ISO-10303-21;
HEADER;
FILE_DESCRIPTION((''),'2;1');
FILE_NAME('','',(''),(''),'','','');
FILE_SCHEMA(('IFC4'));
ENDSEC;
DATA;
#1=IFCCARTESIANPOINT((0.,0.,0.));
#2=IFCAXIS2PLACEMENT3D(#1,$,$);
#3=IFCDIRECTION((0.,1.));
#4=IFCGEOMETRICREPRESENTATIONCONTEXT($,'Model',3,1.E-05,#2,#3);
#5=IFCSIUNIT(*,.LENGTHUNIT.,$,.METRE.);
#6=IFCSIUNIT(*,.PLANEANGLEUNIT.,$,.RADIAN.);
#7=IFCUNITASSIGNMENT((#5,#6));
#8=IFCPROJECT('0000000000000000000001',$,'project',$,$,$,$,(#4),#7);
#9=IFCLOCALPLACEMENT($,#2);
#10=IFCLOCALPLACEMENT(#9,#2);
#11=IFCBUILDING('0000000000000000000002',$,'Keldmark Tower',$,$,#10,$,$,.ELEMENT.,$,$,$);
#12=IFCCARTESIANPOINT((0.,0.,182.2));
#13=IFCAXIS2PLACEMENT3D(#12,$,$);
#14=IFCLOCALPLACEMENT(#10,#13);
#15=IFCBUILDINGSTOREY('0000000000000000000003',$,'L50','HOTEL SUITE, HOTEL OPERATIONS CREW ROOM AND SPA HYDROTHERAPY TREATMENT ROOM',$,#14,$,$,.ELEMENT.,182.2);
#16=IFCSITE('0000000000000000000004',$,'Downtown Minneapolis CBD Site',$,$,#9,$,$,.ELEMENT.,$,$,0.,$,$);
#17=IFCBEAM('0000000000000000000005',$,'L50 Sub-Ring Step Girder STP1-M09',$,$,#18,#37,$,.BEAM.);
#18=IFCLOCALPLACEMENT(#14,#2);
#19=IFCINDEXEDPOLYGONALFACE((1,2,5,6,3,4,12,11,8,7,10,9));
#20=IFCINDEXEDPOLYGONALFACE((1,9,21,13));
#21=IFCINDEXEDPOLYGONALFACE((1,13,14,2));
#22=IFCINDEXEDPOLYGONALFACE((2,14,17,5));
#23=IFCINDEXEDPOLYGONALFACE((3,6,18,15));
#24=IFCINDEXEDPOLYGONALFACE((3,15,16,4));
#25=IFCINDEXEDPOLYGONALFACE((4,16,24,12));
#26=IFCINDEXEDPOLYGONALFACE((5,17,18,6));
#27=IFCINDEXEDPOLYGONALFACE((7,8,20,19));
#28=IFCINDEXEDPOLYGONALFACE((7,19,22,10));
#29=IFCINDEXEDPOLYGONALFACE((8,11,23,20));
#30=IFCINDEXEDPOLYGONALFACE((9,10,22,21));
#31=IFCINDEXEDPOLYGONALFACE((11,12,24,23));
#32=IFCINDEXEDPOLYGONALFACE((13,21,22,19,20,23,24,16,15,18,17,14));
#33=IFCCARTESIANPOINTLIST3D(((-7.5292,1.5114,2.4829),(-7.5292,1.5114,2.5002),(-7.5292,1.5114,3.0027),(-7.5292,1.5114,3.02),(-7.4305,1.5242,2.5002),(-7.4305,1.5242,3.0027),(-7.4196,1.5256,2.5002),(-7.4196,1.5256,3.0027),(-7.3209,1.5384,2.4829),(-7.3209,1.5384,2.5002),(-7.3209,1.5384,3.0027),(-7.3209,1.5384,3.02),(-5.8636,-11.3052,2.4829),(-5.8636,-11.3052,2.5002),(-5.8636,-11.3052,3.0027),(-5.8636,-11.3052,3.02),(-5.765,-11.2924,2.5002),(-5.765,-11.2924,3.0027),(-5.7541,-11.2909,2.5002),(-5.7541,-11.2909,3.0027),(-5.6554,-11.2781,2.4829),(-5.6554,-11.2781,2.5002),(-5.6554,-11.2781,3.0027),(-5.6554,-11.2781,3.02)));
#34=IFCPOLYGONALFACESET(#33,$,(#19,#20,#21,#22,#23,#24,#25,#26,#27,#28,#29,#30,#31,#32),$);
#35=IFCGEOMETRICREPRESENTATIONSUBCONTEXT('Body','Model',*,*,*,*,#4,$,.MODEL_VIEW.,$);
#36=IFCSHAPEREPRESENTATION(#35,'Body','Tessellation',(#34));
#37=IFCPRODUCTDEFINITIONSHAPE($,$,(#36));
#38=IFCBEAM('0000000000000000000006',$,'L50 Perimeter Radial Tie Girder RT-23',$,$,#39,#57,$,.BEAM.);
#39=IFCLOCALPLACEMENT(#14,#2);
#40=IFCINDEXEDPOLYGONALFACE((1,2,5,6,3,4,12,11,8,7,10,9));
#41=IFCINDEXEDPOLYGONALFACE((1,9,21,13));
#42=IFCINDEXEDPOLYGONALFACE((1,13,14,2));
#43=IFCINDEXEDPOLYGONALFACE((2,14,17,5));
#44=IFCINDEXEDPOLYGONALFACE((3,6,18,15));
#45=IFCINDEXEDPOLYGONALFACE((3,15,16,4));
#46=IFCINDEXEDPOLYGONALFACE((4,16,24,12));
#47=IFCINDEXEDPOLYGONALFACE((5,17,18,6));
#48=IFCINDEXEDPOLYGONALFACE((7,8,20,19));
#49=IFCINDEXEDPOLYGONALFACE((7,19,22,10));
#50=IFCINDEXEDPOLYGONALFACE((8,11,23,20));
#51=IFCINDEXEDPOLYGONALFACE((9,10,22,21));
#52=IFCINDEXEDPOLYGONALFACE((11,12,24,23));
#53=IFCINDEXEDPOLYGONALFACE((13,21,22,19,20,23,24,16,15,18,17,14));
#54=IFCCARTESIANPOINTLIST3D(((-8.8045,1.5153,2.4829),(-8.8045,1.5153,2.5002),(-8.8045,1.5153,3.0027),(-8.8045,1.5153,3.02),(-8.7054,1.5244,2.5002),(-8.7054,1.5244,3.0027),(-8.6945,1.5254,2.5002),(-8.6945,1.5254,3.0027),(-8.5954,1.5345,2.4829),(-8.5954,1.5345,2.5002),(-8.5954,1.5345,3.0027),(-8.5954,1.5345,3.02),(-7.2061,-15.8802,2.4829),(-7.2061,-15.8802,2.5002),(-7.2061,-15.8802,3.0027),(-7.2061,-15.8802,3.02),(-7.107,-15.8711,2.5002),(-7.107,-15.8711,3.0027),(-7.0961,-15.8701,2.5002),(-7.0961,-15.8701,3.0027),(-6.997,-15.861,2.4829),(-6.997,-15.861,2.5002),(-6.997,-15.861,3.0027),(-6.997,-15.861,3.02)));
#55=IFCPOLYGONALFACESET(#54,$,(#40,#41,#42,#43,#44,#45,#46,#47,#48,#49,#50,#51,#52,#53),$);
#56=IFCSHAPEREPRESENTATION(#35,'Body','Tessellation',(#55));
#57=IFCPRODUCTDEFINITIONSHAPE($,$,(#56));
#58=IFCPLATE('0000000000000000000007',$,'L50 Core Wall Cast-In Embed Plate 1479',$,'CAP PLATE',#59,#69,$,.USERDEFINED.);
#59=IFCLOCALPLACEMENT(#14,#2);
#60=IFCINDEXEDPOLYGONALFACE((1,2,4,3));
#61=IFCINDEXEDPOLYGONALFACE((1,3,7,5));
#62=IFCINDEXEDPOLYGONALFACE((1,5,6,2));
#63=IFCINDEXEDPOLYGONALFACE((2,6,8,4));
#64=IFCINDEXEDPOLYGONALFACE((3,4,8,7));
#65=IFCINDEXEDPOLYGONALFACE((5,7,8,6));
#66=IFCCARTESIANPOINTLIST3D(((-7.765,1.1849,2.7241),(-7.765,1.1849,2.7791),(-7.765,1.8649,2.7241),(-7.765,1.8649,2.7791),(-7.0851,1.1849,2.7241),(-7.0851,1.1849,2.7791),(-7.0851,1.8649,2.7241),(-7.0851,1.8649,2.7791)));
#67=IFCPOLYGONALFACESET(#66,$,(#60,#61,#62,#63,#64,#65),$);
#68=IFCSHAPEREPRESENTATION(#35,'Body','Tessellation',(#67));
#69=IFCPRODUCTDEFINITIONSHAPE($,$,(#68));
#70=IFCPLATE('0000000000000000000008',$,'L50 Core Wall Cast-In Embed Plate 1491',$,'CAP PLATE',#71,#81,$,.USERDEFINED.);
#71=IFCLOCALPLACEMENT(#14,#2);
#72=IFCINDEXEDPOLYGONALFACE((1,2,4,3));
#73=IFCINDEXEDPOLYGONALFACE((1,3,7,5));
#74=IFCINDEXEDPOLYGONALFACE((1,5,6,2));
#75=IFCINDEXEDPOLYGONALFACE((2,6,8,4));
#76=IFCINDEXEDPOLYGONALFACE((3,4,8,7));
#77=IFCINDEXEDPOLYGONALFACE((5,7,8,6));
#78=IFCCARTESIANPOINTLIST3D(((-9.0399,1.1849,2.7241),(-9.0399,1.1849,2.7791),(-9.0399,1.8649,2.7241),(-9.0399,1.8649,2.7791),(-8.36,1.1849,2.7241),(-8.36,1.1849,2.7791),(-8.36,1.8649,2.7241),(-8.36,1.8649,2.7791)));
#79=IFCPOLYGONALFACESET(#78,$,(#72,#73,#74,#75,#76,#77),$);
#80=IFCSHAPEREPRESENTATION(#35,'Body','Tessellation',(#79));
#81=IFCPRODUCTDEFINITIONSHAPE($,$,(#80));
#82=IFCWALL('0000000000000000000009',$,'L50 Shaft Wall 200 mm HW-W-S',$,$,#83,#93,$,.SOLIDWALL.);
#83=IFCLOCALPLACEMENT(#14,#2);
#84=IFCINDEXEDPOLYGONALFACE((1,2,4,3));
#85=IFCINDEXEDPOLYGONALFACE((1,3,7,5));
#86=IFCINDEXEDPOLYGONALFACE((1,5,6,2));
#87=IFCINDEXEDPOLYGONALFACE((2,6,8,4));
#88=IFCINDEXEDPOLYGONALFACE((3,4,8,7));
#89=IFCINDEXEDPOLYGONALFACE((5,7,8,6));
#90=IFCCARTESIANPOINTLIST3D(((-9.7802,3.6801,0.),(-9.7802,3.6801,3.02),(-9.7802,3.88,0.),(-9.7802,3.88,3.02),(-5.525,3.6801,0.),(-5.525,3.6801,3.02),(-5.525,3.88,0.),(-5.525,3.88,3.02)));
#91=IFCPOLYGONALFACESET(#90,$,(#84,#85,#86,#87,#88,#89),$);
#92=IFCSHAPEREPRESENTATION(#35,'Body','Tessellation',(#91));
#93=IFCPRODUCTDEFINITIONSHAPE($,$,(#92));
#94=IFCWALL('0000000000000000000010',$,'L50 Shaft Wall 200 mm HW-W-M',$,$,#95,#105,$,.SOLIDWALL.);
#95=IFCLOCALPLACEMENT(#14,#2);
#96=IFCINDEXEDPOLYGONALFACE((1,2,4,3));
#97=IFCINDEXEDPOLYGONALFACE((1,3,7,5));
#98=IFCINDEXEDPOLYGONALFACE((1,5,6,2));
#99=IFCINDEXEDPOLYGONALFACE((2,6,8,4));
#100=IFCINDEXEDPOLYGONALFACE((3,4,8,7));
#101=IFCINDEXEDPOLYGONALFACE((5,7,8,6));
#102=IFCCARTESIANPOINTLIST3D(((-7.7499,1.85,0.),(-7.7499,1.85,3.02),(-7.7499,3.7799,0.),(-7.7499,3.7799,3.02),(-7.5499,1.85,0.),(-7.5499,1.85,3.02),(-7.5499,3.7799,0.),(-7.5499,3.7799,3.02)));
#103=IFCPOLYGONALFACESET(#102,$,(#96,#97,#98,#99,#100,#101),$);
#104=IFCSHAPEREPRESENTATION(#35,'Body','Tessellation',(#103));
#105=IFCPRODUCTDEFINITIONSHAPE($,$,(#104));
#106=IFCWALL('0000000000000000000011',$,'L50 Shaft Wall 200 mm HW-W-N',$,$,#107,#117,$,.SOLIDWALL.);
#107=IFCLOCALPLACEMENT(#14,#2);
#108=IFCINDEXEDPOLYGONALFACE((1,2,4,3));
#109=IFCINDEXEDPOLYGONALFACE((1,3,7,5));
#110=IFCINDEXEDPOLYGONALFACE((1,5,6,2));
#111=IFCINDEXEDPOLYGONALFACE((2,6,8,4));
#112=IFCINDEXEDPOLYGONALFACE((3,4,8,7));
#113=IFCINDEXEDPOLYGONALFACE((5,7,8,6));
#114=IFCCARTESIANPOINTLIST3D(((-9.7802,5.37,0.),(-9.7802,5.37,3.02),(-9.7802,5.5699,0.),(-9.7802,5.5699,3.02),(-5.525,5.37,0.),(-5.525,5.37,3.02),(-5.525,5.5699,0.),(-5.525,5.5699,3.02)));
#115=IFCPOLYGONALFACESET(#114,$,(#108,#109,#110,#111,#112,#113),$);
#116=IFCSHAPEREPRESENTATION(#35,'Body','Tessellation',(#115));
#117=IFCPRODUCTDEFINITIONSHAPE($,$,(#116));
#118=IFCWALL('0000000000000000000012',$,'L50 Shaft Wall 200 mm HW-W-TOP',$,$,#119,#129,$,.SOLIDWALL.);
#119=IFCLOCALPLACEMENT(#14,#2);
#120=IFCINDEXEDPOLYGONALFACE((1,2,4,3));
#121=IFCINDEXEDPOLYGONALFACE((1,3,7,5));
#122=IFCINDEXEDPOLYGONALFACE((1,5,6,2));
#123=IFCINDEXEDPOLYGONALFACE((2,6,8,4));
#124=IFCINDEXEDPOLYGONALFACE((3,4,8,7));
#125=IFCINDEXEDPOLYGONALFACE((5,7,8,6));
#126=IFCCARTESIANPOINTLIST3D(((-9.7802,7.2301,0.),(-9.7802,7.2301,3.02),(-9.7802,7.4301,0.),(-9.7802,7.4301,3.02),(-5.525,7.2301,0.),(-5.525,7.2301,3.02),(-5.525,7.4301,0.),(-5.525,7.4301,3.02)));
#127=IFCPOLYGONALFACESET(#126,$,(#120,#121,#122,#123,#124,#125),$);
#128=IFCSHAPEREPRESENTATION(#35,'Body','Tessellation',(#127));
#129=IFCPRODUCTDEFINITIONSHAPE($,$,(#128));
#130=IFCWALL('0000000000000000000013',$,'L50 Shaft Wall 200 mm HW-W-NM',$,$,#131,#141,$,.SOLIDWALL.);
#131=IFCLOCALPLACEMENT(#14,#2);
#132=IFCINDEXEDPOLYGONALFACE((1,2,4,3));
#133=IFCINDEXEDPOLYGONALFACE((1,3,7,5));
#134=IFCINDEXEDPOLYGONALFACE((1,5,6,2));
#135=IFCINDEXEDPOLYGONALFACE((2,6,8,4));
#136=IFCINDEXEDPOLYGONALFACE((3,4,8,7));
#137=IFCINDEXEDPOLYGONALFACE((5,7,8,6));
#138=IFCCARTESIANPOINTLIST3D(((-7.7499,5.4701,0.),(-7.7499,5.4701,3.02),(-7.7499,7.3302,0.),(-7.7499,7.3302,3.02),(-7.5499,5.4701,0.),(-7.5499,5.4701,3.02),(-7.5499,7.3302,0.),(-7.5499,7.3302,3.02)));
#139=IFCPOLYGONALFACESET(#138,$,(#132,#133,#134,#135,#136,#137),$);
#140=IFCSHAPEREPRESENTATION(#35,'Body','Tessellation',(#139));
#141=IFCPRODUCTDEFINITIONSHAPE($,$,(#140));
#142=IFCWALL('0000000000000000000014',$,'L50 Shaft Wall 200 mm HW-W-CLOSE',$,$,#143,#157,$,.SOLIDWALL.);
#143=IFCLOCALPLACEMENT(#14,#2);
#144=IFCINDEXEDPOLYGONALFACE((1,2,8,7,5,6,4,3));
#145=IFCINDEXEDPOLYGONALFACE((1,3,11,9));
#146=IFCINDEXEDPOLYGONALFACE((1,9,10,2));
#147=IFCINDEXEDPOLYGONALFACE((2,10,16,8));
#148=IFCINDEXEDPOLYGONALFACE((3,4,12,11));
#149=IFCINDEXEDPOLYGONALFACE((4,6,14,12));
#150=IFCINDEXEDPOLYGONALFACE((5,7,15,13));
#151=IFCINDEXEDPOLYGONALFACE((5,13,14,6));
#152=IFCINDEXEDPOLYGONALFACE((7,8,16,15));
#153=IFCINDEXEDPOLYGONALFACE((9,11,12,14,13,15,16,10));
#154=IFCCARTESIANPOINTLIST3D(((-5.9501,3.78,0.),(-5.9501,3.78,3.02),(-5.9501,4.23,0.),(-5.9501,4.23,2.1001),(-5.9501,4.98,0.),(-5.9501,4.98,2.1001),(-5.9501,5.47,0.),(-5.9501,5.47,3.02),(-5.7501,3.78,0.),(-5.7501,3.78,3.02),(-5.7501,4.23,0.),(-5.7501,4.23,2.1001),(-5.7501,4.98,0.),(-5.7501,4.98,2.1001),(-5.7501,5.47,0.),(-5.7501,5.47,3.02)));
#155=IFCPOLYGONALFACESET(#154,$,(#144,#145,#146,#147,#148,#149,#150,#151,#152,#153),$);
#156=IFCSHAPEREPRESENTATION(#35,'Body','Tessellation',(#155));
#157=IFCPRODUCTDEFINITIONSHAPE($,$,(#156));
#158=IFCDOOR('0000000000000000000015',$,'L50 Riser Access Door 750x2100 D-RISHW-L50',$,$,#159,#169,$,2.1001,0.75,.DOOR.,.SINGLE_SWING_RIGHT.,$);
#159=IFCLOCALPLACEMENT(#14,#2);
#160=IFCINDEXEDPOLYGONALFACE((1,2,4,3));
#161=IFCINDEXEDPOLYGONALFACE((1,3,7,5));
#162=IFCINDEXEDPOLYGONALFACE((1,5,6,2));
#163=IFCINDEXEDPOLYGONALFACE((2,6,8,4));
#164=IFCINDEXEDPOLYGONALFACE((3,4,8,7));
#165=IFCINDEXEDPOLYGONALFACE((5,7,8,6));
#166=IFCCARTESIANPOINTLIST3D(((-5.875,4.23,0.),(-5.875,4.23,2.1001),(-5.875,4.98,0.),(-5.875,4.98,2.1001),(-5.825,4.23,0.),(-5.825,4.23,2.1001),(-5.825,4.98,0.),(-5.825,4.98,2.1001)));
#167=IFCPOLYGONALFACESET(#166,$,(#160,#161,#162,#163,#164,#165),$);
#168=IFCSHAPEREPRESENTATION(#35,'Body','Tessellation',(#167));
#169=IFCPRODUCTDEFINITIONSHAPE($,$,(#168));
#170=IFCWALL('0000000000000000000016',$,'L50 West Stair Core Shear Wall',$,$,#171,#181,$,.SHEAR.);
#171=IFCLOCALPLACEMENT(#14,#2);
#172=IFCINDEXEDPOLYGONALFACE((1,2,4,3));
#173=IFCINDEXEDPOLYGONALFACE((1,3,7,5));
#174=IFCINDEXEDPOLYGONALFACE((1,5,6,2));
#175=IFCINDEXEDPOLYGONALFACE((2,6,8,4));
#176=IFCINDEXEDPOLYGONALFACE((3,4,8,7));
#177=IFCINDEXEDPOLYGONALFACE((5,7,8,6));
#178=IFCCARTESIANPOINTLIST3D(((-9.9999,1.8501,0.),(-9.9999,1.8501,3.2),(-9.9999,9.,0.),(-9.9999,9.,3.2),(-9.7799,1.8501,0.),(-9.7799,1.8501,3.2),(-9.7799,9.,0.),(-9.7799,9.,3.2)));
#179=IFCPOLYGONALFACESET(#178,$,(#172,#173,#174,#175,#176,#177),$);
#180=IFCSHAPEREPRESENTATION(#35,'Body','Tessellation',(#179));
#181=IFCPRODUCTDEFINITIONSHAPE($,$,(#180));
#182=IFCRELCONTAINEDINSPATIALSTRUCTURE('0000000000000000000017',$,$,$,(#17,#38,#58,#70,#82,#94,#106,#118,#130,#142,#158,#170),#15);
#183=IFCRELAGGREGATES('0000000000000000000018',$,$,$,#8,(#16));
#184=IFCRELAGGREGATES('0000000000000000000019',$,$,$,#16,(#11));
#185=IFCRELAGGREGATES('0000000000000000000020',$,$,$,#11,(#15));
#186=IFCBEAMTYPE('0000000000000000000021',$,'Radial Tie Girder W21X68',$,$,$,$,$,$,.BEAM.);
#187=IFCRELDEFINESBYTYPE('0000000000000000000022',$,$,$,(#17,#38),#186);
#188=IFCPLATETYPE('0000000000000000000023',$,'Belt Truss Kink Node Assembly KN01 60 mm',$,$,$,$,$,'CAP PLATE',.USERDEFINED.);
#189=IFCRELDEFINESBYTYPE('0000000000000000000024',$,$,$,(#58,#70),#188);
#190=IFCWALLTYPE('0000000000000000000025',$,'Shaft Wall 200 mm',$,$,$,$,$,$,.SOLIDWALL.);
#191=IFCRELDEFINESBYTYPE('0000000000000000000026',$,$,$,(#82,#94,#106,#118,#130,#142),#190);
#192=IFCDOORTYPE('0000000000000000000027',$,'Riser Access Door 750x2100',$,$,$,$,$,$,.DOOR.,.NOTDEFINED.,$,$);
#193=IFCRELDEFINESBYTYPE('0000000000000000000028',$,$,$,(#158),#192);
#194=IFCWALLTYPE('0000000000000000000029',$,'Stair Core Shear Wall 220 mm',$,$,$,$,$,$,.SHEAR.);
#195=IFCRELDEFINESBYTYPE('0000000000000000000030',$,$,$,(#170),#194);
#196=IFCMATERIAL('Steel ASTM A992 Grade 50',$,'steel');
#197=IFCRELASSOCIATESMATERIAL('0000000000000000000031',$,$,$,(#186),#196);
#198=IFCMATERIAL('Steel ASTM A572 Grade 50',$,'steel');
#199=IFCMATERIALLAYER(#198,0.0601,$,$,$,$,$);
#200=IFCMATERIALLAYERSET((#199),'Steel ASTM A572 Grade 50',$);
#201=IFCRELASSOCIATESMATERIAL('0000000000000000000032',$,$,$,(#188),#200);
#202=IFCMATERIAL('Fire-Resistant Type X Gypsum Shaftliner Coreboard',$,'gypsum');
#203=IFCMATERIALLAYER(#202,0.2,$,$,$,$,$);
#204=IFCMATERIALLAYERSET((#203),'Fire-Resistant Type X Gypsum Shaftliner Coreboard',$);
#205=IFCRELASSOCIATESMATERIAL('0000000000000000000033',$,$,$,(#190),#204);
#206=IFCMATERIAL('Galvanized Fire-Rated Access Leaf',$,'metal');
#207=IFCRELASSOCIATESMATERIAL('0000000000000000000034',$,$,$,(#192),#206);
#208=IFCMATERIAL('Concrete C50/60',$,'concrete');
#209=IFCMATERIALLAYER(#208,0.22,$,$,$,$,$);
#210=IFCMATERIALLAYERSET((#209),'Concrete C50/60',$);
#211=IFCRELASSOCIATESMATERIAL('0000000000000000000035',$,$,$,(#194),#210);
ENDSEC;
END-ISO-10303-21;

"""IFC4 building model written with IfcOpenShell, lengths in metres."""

from ifc_helpers import new_model, si_unit, direction, frame, frame_2d, origin, origin_2d, place, context, subcontext, project, spatial, rectangle, i_section, extrude, material, layer, layer_set, material_profile, profile_set, type_object, element, fill, save


model = new_model("IFC4")

# Units and contexts
model_context = context("Model", 3, precision=1e-05, world=origin(), true_north=direction((0.0, 1.0)))
body_context = subcontext(model_context, "Body", "Model", "MODEL_VIEW")
ifc_project = project(units=[si_unit("LENGTHUNIT", "METRE"), si_unit("PLANEANGLEUNIT", "RADIAN")], contexts=[model_context])

# Site, building, storey
site_placement = place(None, origin())
site = spatial("IfcSite", under=ifc_project, at=site_placement, Name="Downtown Minneapolis CBD Site", CompositionType="ELEMENT", RefElevation=0.0)
building_placement = place(site_placement, origin())
building = spatial("IfcBuilding", under=site, at=building_placement, Name="Keldmark Tower", CompositionType="ELEMENT")
storey_placement = place(building_placement, frame((0.0, 0.0, 182.2)))
storey = spatial("IfcBuildingStorey", under=building, at=storey_placement, Name="L50", Description="HOTEL SUITE, HOTEL OPERATIONS CREW ROOM AND SPA HYDROTHERAPY TREATMENT ROOM", CompositionType="ELEMENT", Elevation=182.2)

# Beams
ifc_material_1 = material(Name="Steel ASTM A992 Grade 50", Category="steel")
ifc_material_profile = material_profile(ifc_material_1, i_section(OverallWidth=0.21, OverallDepth=0.5371, WebThickness=0.011, FlangeThickness=0.0173, at=origin_2d()), Name="W21X68")
ifc_profile_set = profile_set([ifc_material_profile], Name="Steel ASTM A992 Grade 50")
beam_type = type_object("IfcBeamType", Name="Radial Tie Girder W21X68", PredefinedType="BEAM", material=ifc_profile_set)
beam_1_placement = place(storey_placement, frame((-7.425, 1.5249, 2.7515), z_axis=(0.128867, -0.991662, 0.0), x_axis=(0.991662, 0.128867, 0.0)))
element("IfcBeam", 1, at=beam_1_placement, inside=storey, type_object=beam_type, Name="L50 Sub-Ring Step Girder STP1-M09", PredefinedType="BEAM", context=body_context, shape_type="SweptSolid", body=[
    extrude(i_section(OverallWidth=0.21, OverallDepth=0.5371, WebThickness=0.011, FlangeThickness=0.0173, at=origin_2d()), origin(), (0.0, 0.0, 1.0), 12.9243),
])
beam_2_placement = place(storey_placement, frame((-8.7, 1.5249, 2.7515), z_axis=(0.0915, -0.995805, 0.0), x_axis=(0.995805, 0.0915, 0.0)))
element("IfcBeam", 2, at=beam_2_placement, inside=storey, type_object=beam_type, Name="L50 Perimeter Radial Tie Girder RT-23", PredefinedType="BEAM", context=body_context, shape_type="SweptSolid", body=[
    extrude(i_section(OverallWidth=0.21, OverallDepth=0.5371, WebThickness=0.011, FlangeThickness=0.0173, at=origin_2d()), origin(), (0.0, 0.0, 1.0), 17.4688),
])

# Plates
ifc_material_2 = material(Name="Steel ASTM A572 Grade 50", Category="steel")
ifc_layer_1 = layer(ifc_material_2, 0.0601)
ifc_layer_set_1 = layer_set([ifc_layer_1], Name="Steel ASTM A572 Grade 50")
plate_type = type_object("IfcPlateType", Name="Belt Truss Kink Node Assembly KN01 60 mm", ElementType="CAP PLATE", PredefinedType="USERDEFINED", material=ifc_layer_set_1)
for number, where, z_axis, x_axis, name in (
    (3, (-7.425, 1.5249, 2.7241), (0.0, 0.0, 1.0), (1.0, 0.0, 0.0), "L50 Core Wall Cast-In Embed Plate 1479"),
    (4, (-8.7, 1.5249, 2.7241), (0.0, 0.0, 1.0), (1.0, 0.0, 0.0), "L50 Core Wall Cast-In Embed Plate 1491"),
):
    element("IfcPlate", number, at=place(storey_placement, frame(where, z_axis=z_axis, x_axis=x_axis)), inside=storey, type_object=plate_type, Name=name, ObjectType="CAP PLATE", PredefinedType="USERDEFINED", context=body_context, shape_type="SweptSolid", body=[
        extrude(rectangle(XDim=0.6799, YDim=0.6799, at=origin_2d()), origin(), (0.0, 0.0, 1.0), 0.0549),
    ])

# Walls
ifc_material_3 = material(Name="Fire-Resistant Type X Gypsum Shaftliner Coreboard", Category="gypsum")
ifc_layer_2 = layer(ifc_material_3, 0.2)
ifc_layer_set_2 = layer_set([ifc_layer_2], Name="Fire-Resistant Type X Gypsum Shaftliner Coreboard")
wall_type_1 = type_object("IfcWallType", Name="Shaft Wall 200 mm", PredefinedType="SOLIDWALL", material=ifc_layer_set_2)
wall_1_placement = place(storey_placement, frame((-9.78, 3.78, 0.0), z_axis=(0.0, 0.0, 1.0), x_axis=(1.0, 0.0, 0.0)))
element("IfcWall", 5, at=wall_1_placement, inside=storey, type_object=wall_type_1, Name="L50 Shaft Wall 200 mm HW-W-S", PredefinedType="SOLIDWALL", context=body_context, shape_type="SweptSolid", body=[
    extrude(rectangle(XDim=4.2551, YDim=0.2, at=frame_2d((2.1274, 0.0))), origin(), (0.0, 0.0, 1.0), 3.02),
])
wall_2_placement = place(storey_placement, frame((-7.6499, 1.8501, 0.0), z_axis=(0.0, 0.0, 1.0), x_axis=(0.0, 1.0, 0.0)))
element("IfcWall", 6, at=wall_2_placement, inside=storey, type_object=wall_type_1, Name="L50 Shaft Wall 200 mm HW-W-M", PredefinedType="SOLIDWALL", context=body_context, shape_type="SweptSolid", body=[
    extrude(rectangle(XDim=1.9299, YDim=0.2, at=frame_2d((0.9648, 0.0))), origin(), (0.0, 0.0, 1.0), 3.02),
])
for number, where, z_axis, x_axis, name in (
    (7, (-9.78, 5.47, 0.0), (0.0, 0.0, 1.0), (1.0, 0.0, 0.0), "L50 Shaft Wall 200 mm HW-W-N"),
    (8, (-9.78, 7.3301, 0.0), (0.0, 0.0, 1.0), (1.0, 0.0, 0.0), "L50 Shaft Wall 200 mm HW-W-TOP"),
):
    element("IfcWall", number, at=place(storey_placement, frame(where, z_axis=z_axis, x_axis=x_axis)), inside=storey, type_object=wall_type_1, Name=name, PredefinedType="SOLIDWALL", context=body_context, shape_type="SweptSolid", body=[
        extrude(rectangle(XDim=4.2551, YDim=0.2, at=frame_2d((2.1274, 0.0))), origin(), (0.0, 0.0, 1.0), 3.02),
    ])
wall_3_placement = place(storey_placement, frame((-7.6499, 5.47, 0.0), z_axis=(0.0, 0.0, 1.0), x_axis=(0.0, 1.0, 0.0)))
element("IfcWall", 9, at=wall_3_placement, inside=storey, type_object=wall_type_1, Name="L50 Shaft Wall 200 mm HW-W-NM", PredefinedType="SOLIDWALL", context=body_context, shape_type="SweptSolid", body=[
    extrude(rectangle(XDim=1.8601, YDim=0.2, at=frame_2d((0.9302, 0.0))), origin(), (0.0, 0.0, 1.0), 3.02),
])

# Wall, opening, door
wall_4_placement = place(storey_placement, frame((-5.8501, 3.78, 0.0), z_axis=(0.0, 0.0, 1.0), x_axis=(0.0, 1.0, 0.0)))
wall_4 = element("IfcWall", 10, at=wall_4_placement, inside=storey, type_object=wall_type_1, Name="L50 Shaft Wall 200 mm HW-W-CLOSE", PredefinedType="SOLIDWALL", context=body_context, shape_type="SweptSolid", body=[
    extrude(rectangle(XDim=1.6899, YDim=0.2, at=frame_2d((0.845, 0.0))), origin(), (0.0, 0.0, 1.0), 3.02),
])
opening_placement = place(wall_4_placement, frame((0.45, 0.0, 0.0)))
opening = element("IfcOpeningElement", 11, at=opening_placement, cuts=wall_4, PredefinedType="OPENING", context=body_context, shape_type="SweptSolid", body=[
    extrude(rectangle(XDim=0.75, YDim=2.1001, at=frame_2d((0.375, 1.05))), frame((0.0, 0.1099, 0.0), z_axis=(0.0, -1.0, 0.0), x_axis=(1.0, 0.0, 0.0)), (0.0, 0.0, 1.0), 0.22),
])
ifc_material_4 = material(Name="Galvanized Fire-Rated Access Leaf", Category="metal")
door_type = type_object("IfcDoorType", Name="Riser Access Door 750x2100", OperationType="NOTDEFINED", PredefinedType="DOOR", material=ifc_material_4)
door_placement = place(opening_placement, origin())
door = element("IfcDoor", 12, at=door_placement, inside=storey, type_object=door_type, Name="L50 Riser Access Door 750x2100 D-RISHW-L50", OperationType="SINGLE_SWING_RIGHT", OverallHeight=2.1001, OverallWidth=0.75, PredefinedType="DOOR", context=body_context, shape_type="SweptSolid", body=[
    extrude(rectangle(XDim=0.75, YDim=2.1001, at=frame_2d((0.375, 1.05))), frame((0.0, 0.0249, 0.0), z_axis=(0.0, -1.0, 0.0), x_axis=(1.0, 0.0, 0.0)), (0.0, 0.0, 1.0), 0.05),
])
fill(opening, door)

# Wall
ifc_material_5 = material(Name="Concrete C50/60", Category="concrete")
ifc_layer_3 = layer(ifc_material_5, 0.22)
ifc_layer_set_3 = layer_set([ifc_layer_3], Name="Concrete C50/60")
wall_type_2 = type_object("IfcWallType", Name="Stair Core Shear Wall 220 mm", PredefinedType="SHEAR", material=ifc_layer_set_3)
wall_5_placement = place(storey_placement, frame((-9.8899, 1.8501, 0.0), z_axis=(0.0, 0.0, 1.0), x_axis=(0.0, 1.0, 0.0)))
element("IfcWall", 13, at=wall_5_placement, inside=storey, type_object=wall_type_2, Name="L50 West Stair Core Shear Wall", PredefinedType="SHEAR", context=body_context, shape_type="SweptSolid", body=[
    extrude(rectangle(XDim=7.1499, YDim=0.22, at=frame_2d((3.575, 0.0))), origin(), (0.0, 0.0, 1.0), 3.2),
])

save(model, "model.ifc")
